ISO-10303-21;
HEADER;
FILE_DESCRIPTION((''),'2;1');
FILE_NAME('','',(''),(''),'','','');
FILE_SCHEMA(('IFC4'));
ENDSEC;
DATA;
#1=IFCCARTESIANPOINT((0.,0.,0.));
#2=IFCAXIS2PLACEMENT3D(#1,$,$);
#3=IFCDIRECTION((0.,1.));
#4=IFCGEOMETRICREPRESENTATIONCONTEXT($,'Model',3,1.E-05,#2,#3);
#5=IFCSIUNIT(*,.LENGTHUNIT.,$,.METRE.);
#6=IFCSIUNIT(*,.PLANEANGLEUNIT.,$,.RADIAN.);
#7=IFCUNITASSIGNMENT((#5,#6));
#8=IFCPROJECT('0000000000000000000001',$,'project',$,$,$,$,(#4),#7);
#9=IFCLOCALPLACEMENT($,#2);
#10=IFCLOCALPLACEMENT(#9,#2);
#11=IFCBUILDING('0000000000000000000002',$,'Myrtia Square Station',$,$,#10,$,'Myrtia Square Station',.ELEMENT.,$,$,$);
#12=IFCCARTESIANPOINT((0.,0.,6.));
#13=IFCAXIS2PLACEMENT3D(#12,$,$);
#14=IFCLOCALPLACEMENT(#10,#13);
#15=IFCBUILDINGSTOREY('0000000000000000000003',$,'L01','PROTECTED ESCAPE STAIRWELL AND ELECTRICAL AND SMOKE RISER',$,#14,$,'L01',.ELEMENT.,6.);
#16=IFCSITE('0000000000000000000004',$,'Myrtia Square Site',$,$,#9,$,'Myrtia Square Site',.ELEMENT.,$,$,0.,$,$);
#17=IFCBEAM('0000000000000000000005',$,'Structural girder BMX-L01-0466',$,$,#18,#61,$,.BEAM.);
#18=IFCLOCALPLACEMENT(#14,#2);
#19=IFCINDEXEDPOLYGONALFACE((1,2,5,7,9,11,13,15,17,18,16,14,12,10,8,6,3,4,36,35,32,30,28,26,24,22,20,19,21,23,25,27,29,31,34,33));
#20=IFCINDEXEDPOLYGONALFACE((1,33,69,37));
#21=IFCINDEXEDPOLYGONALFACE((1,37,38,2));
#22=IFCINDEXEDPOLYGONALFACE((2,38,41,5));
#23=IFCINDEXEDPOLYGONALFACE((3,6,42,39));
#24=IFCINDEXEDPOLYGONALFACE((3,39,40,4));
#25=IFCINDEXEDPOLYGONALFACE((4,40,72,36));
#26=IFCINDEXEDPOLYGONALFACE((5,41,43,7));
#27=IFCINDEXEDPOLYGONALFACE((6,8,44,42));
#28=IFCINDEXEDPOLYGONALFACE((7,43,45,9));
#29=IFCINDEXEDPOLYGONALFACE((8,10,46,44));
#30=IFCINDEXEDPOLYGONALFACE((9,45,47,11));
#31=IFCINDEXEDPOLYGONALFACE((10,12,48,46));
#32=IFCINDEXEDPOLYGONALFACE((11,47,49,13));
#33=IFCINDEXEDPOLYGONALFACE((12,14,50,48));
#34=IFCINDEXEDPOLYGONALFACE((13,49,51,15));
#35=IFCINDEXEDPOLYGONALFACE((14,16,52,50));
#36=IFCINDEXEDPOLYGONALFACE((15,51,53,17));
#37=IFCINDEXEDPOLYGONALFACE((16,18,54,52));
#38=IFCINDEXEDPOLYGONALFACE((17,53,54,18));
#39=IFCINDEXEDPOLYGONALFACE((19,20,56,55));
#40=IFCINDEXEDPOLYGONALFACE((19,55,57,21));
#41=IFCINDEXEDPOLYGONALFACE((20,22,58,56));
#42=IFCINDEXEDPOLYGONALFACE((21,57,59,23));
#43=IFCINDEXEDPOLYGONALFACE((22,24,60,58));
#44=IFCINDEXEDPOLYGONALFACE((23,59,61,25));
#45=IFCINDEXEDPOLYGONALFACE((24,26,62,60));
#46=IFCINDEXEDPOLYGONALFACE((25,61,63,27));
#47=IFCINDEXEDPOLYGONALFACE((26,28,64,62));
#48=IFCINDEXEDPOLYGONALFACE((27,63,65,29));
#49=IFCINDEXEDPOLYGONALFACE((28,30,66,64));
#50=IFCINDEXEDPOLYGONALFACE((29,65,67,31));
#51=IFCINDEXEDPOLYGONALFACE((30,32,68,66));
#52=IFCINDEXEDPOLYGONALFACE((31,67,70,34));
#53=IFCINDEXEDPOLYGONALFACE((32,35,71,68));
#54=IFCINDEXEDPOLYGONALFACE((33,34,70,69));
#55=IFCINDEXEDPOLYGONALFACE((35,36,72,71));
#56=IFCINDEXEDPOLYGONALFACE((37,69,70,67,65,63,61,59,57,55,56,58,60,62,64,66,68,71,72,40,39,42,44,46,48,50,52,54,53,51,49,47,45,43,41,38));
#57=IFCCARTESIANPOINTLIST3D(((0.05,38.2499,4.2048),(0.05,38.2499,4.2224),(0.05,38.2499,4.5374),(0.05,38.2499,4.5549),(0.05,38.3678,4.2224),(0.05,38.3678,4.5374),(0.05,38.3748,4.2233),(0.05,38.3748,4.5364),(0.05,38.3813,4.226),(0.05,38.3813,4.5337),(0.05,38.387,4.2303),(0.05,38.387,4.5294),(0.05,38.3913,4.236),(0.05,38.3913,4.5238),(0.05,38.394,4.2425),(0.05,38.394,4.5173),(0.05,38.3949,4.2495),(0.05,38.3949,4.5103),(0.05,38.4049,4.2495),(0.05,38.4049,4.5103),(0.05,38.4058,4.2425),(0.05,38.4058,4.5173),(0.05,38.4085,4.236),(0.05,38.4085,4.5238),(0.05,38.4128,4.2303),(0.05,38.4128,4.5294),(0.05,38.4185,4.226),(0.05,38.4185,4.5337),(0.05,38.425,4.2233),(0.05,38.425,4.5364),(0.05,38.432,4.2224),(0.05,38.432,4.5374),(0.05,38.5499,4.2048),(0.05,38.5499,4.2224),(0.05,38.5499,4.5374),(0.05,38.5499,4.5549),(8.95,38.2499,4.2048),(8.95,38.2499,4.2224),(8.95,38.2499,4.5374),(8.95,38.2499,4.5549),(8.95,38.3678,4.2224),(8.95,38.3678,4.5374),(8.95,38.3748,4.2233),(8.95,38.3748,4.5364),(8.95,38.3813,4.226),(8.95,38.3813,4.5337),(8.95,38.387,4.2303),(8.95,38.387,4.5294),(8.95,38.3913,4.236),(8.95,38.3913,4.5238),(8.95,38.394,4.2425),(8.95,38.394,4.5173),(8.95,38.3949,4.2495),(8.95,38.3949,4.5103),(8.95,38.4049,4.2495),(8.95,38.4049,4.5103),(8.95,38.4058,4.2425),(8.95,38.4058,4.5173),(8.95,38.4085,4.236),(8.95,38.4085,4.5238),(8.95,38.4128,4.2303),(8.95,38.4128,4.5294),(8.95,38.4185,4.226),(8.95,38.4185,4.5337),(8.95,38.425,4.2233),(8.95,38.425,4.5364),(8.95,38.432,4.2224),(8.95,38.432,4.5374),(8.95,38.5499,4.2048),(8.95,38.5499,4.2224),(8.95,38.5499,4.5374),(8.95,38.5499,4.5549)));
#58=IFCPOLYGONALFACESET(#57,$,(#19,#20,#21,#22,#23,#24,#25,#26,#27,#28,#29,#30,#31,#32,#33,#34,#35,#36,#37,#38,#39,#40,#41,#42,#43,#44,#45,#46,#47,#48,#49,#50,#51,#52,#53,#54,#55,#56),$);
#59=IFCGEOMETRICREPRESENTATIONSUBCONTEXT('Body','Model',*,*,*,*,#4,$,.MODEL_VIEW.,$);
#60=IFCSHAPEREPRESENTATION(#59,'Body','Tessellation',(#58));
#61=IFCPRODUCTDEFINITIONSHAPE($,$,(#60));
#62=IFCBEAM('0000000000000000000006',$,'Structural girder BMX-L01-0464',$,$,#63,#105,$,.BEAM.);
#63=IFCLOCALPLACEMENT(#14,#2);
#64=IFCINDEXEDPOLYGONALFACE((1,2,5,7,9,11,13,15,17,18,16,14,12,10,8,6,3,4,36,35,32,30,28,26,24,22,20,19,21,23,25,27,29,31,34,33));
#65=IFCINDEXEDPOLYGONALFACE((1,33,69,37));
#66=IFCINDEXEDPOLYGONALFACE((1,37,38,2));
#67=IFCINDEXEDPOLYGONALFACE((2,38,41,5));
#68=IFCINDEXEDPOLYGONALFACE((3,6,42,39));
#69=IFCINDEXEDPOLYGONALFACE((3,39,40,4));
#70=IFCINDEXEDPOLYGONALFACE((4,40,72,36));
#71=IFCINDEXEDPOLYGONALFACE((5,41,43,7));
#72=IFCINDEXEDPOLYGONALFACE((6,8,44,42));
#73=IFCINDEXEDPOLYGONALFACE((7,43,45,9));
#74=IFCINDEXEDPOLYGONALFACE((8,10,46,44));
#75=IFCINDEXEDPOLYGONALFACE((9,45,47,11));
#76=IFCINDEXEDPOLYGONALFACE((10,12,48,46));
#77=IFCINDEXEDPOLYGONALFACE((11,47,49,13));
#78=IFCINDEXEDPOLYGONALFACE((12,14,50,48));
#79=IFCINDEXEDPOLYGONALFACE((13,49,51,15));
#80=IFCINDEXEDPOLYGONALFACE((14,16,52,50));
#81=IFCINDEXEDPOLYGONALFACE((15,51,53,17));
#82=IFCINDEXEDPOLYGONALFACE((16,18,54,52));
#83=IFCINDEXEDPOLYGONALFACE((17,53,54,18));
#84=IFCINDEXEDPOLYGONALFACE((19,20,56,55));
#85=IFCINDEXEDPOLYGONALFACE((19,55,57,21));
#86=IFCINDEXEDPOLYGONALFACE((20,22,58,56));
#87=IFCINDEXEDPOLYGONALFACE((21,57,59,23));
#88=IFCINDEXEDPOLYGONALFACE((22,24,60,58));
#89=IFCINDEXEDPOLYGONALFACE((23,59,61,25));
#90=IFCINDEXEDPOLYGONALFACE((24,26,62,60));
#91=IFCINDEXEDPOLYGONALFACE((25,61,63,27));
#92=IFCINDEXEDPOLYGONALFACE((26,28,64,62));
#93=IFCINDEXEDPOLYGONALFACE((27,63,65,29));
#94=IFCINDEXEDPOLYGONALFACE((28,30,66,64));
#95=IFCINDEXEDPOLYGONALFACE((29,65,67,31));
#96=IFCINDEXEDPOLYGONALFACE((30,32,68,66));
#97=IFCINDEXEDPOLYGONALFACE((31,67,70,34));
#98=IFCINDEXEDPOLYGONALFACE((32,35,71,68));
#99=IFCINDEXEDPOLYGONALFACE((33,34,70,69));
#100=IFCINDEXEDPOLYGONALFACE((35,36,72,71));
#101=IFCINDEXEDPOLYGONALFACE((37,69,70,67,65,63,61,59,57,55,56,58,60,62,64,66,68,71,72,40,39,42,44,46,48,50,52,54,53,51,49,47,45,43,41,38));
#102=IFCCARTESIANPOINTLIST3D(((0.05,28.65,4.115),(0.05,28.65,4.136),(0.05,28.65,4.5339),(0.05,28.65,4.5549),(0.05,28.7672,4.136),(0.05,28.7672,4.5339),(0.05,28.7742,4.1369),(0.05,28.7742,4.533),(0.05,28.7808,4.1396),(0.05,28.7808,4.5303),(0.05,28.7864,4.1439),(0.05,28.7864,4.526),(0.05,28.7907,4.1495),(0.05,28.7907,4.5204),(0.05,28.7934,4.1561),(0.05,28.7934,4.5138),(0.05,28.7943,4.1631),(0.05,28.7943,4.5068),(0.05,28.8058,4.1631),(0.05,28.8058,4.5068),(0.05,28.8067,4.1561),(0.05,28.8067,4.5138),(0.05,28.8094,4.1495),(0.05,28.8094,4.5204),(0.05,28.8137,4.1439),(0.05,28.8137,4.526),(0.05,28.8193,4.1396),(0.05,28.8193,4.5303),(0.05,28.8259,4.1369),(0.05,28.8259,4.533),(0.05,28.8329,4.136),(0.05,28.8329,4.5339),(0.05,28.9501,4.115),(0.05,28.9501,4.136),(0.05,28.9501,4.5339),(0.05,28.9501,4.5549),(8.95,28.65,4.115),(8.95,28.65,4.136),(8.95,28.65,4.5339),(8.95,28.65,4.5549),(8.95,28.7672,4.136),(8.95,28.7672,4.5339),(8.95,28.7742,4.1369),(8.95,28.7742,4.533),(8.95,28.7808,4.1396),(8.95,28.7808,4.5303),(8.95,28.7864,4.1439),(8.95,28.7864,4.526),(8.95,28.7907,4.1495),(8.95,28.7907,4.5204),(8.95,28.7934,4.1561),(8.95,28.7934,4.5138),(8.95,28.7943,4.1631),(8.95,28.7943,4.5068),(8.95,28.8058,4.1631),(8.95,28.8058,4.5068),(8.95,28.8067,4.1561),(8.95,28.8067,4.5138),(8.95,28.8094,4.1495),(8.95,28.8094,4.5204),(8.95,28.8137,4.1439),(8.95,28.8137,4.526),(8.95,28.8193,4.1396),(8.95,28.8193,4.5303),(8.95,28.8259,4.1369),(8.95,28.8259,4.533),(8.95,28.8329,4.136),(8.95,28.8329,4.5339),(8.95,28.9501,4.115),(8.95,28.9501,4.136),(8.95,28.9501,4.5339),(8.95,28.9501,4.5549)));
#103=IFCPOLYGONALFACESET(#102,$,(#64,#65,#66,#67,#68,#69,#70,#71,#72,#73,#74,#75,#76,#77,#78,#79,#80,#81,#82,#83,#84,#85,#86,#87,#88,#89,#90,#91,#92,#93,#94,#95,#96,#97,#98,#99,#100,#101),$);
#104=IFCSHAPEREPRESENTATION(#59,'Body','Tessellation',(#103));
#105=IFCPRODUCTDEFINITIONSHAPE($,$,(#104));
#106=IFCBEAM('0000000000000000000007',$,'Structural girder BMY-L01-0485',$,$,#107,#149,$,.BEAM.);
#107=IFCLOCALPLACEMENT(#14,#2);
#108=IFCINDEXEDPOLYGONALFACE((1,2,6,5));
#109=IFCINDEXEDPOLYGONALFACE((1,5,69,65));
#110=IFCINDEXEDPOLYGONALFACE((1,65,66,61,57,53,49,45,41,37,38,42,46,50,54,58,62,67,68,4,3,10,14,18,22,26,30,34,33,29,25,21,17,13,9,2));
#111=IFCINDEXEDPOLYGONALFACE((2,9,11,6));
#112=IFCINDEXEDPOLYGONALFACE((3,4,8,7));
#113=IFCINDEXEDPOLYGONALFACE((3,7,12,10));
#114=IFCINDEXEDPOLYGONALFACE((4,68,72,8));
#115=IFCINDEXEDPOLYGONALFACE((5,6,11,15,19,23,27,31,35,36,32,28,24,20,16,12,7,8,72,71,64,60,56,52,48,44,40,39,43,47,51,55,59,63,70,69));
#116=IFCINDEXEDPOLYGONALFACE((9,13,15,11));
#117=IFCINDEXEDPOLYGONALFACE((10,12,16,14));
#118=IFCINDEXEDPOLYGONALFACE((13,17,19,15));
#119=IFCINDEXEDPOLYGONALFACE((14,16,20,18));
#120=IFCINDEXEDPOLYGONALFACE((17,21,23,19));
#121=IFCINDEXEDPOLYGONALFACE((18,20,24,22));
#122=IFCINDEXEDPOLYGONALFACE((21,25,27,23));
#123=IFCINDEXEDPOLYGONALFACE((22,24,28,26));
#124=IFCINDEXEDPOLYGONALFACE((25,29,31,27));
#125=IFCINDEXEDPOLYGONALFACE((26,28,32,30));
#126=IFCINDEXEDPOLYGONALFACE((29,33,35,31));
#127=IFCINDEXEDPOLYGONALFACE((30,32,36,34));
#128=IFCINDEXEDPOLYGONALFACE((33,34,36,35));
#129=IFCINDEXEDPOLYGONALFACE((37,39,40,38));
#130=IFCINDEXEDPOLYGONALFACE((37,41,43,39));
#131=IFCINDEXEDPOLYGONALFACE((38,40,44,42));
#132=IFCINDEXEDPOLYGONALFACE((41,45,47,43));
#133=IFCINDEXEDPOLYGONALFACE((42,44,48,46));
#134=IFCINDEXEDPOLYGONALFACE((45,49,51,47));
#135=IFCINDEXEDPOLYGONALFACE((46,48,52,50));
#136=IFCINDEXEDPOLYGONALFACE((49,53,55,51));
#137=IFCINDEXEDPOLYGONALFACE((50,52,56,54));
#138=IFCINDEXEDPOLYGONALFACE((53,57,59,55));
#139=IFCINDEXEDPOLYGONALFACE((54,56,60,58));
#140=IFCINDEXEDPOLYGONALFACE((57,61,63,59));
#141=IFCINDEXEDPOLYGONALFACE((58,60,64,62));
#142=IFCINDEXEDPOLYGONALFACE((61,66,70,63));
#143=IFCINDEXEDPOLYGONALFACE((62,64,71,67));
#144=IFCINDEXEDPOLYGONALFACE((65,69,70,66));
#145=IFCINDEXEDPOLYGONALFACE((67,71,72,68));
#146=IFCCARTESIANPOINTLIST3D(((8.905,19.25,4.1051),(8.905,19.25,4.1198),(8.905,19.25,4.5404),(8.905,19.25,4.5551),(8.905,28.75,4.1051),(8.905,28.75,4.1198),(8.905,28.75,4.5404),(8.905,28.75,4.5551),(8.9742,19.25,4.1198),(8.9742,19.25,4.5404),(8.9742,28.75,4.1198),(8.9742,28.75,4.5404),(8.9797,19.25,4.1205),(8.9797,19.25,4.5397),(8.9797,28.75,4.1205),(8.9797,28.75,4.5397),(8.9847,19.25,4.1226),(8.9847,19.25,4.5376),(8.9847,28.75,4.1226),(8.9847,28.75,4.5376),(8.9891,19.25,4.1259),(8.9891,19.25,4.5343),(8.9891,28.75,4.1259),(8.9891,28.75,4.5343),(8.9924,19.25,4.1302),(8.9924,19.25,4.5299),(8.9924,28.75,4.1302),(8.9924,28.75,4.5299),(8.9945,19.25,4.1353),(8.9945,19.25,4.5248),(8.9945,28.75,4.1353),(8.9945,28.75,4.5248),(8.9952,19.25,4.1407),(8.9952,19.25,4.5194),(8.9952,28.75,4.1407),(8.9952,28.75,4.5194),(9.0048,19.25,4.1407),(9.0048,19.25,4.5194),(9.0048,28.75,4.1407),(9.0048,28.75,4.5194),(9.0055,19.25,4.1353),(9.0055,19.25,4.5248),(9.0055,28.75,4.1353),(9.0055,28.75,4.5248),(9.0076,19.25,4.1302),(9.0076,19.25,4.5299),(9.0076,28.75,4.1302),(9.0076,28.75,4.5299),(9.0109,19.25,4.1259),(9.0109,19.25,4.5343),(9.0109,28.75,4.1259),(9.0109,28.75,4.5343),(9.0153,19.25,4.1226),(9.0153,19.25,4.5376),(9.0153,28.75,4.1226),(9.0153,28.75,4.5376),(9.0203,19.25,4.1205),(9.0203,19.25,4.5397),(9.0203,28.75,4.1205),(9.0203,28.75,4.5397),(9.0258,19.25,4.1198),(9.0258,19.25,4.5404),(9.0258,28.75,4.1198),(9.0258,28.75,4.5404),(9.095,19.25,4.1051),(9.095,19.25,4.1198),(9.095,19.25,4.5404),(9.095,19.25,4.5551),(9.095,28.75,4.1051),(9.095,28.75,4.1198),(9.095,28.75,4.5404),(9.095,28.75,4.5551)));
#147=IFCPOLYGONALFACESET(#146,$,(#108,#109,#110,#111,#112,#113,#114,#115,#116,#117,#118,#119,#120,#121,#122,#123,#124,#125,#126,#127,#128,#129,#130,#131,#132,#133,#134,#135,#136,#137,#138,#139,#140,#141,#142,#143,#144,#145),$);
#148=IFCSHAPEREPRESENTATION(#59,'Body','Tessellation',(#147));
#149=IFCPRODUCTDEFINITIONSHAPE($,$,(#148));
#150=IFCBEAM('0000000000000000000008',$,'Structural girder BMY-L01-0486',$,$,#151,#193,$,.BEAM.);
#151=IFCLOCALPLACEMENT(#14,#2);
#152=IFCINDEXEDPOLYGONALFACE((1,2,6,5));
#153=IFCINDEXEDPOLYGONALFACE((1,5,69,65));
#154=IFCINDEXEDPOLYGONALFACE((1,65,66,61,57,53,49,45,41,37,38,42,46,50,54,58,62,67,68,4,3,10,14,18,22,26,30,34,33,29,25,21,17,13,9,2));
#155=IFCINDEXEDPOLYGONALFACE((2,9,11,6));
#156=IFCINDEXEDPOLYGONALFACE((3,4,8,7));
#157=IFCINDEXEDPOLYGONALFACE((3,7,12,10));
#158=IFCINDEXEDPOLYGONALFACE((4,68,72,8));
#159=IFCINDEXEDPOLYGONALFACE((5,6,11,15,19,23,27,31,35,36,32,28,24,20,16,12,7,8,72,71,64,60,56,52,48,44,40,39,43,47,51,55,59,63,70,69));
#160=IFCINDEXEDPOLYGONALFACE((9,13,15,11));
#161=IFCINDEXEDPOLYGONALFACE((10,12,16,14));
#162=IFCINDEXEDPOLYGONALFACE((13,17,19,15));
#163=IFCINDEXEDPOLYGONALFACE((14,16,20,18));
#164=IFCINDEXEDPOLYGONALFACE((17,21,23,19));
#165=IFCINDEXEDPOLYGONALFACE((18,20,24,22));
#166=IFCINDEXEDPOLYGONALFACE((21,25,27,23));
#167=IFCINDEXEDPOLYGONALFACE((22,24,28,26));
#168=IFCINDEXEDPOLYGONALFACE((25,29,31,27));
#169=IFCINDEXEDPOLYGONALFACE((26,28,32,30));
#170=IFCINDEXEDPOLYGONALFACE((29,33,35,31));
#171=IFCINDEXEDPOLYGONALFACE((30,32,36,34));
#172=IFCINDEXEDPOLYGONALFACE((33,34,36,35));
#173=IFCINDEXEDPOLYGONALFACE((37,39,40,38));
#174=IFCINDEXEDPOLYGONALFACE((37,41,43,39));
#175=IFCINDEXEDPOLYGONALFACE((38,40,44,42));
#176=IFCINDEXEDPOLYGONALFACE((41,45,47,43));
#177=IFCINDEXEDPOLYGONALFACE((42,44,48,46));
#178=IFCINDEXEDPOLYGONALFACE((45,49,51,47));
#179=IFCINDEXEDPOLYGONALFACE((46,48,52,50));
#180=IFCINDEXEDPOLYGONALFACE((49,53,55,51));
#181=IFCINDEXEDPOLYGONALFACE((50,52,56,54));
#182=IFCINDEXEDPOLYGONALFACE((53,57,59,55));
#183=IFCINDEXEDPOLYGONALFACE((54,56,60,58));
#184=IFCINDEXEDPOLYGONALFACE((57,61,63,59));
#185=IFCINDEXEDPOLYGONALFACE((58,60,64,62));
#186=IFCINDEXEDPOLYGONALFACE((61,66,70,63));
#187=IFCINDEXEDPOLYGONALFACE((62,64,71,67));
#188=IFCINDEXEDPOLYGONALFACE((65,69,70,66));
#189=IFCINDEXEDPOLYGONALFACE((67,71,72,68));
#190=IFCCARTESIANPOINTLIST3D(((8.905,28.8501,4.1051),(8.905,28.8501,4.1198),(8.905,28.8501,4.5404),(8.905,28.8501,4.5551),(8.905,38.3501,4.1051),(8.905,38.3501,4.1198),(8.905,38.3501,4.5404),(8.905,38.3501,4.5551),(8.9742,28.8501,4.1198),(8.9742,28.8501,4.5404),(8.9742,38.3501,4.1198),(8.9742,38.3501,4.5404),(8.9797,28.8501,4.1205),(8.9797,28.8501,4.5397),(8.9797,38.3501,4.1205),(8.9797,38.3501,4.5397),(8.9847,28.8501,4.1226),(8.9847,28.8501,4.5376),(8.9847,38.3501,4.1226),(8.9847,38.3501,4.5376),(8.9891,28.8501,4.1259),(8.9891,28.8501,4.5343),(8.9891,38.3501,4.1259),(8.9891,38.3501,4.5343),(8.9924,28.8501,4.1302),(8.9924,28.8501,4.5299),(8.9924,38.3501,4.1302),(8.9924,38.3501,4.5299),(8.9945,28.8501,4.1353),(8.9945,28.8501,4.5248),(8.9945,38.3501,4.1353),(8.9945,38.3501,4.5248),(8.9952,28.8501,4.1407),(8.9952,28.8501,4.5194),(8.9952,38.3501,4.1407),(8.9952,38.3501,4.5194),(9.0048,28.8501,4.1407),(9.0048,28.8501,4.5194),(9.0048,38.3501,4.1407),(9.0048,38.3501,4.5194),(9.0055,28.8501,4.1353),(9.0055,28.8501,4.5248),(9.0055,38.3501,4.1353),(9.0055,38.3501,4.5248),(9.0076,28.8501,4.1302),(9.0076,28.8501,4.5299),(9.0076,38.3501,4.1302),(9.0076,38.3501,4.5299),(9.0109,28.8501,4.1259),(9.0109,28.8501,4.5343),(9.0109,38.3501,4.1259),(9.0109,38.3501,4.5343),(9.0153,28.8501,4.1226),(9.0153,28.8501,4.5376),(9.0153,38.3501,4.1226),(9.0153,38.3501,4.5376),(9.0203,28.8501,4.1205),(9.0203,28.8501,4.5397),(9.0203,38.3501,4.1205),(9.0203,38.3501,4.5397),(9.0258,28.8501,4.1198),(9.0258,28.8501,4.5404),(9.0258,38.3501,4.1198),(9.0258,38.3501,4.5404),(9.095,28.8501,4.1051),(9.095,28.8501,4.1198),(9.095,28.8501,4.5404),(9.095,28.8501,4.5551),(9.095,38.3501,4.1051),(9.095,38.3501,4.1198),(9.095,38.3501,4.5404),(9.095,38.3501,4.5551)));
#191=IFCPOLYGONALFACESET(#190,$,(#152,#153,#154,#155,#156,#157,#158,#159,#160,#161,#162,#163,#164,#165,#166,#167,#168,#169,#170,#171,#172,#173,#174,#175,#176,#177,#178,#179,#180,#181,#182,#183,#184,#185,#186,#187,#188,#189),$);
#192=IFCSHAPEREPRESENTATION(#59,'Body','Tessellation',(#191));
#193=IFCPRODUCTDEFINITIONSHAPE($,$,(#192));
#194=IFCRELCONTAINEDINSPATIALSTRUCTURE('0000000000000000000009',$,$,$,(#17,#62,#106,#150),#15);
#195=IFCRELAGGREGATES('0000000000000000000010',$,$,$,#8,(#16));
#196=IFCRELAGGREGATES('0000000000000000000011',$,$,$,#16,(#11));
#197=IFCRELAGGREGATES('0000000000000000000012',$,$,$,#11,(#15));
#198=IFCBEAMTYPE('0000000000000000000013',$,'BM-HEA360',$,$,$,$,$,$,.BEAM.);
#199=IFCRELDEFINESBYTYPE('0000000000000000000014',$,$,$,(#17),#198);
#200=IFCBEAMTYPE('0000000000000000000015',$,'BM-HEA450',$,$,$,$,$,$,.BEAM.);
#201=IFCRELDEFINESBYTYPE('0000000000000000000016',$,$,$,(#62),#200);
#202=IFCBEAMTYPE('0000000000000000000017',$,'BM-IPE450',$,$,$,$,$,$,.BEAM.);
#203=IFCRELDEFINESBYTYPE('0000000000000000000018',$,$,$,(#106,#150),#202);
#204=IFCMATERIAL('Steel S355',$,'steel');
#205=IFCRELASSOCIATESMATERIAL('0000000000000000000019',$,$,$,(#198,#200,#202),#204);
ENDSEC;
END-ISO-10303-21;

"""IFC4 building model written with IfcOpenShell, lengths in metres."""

from ifc_helpers import new_model, si_unit, direction, frame, origin, origin_2d, place, context, subcontext, project, spatial, i_section, extrude, material, material_profile, profile_set, type_object, element, save


model = new_model("IFC4")

# Units and contexts
model_context = context("Model", 3, precision=1e-05, world=origin(), true_north=direction((0.0, 1.0)))
body_context = subcontext(model_context, "Body", "Model", "MODEL_VIEW")
ifc_project = project(units=[si_unit("LENGTHUNIT", "METRE"), si_unit("PLANEANGLEUNIT", "RADIAN")], contexts=[model_context])

# Site, building, storey
site_placement = place(None, origin())
site = spatial("IfcSite", under=ifc_project, at=site_placement, Name="Myrtia Square Site", LongName="Myrtia Square Site", CompositionType="ELEMENT", RefElevation=0.0)
building_placement = place(site_placement, origin())
building = spatial("IfcBuilding", under=site, at=building_placement, Name="Myrtia Square Station", LongName="Myrtia Square Station", CompositionType="ELEMENT")
storey_placement = place(building_placement, frame((0.0, 0.0, 6.0)))
storey = spatial("IfcBuildingStorey", under=building, at=storey_placement, Name="L01", Description="PROTECTED ESCAPE STAIRWELL AND ELECTRICAL AND SMOKE RISER", LongName="L01", CompositionType="ELEMENT", Elevation=6.0)

# Shared definitions
ifc_material_1 = material(Name="Steel S355", Category="steel")

# Beams
ifc_material_profile_1 = material_profile(ifc_material_1, i_section(OverallWidth=0.3, OverallDepth=0.3501, WebThickness=0.01, FlangeThickness=0.0176, FilletRadius=0.0271, at=origin_2d()), Name="HEA 360")
ifc_profile_set_1 = profile_set([ifc_material_profile_1], Name="Steel S355")
beam_type_1 = type_object("IfcBeamType", Name="BM-HEA360", PredefinedType="BEAM", material=ifc_profile_set_1)
beam_1_placement = place(storey_placement, frame((0.05, 38.3999, 4.3799), z_axis=(1.0, 0.0, 0.0), x_axis=(0.0, 1.0, 0.0)))
element("IfcBeam", 1, at=beam_1_placement, inside=storey, type_object=beam_type_1, Name="Structural girder BMX-L01-0466", PredefinedType="BEAM", context=body_context, shape_type="SweptSolid", body=[
    extrude(i_section(OverallWidth=0.3, OverallDepth=0.3501, WebThickness=0.01, FlangeThickness=0.0176, FilletRadius=0.0271, at=origin_2d()), origin(), (0.0, 0.0, 1.0), 8.8999),
])
ifc_material_profile_2 = material_profile(ifc_material_1, i_section(OverallWidth=0.3, OverallDepth=0.4399, WebThickness=0.0115, FlangeThickness=0.021, FilletRadius=0.0271, at=origin_2d()), Name="HEA 450")
ifc_profile_set_2 = profile_set([ifc_material_profile_2], Name="Steel S355")
beam_type_2 = type_object("IfcBeamType", Name="BM-HEA450", PredefinedType="BEAM", material=ifc_profile_set_2)
beam_2_placement = place(storey_placement, frame((0.05, 28.8, 4.335), z_axis=(1.0, 0.0, 0.0), x_axis=(0.0, 1.0, 0.0)))
element("IfcBeam", 2, at=beam_2_placement, inside=storey, type_object=beam_type_2, Name="Structural girder BMX-L01-0464", PredefinedType="BEAM", context=body_context, shape_type="SweptSolid", body=[
    extrude(i_section(OverallWidth=0.3, OverallDepth=0.4399, WebThickness=0.0115, FlangeThickness=0.021, FilletRadius=0.0271, at=origin_2d()), origin(), (0.0, 0.0, 1.0), 8.8999),
])
ifc_material_profile_3 = material_profile(ifc_material_1, i_section(OverallWidth=0.1899, OverallDepth=0.45, WebThickness=0.0095, FlangeThickness=0.0146, FilletRadius=0.021, at=origin_2d()), Name="IPE 450")
ifc_profile_set_3 = profile_set([ifc_material_profile_3], Name="Steel S355")
beam_type_3 = type_object("IfcBeamType", Name="BM-IPE450", PredefinedType="BEAM", material=ifc_profile_set_3)
for number, where, z_axis, x_axis, name in (
    (3, (9.0, 19.25, 4.3301), (0.0, 1.0, 0.0), (-1.0, 0.0, 0.0), "Structural girder BMY-L01-0485"),
    (4, (9.0, 28.8501, 4.3301), (0.0, 1.0, 0.0), (-1.0, 0.0, 0.0), "Structural girder BMY-L01-0486"),
):
    element("IfcBeam", number, at=place(storey_placement, frame(where, z_axis=z_axis, x_axis=x_axis)), inside=storey, type_object=beam_type_3, Name=name, PredefinedType="BEAM", context=body_context, shape_type="SweptSolid", body=[
        extrude(i_section(OverallWidth=0.1899, OverallDepth=0.45, WebThickness=0.0095, FlangeThickness=0.0146, FilletRadius=0.021, at=origin_2d()), origin(), (0.0, 0.0, 1.0), 9.5),
    ])

save(model, "model.ifc")
